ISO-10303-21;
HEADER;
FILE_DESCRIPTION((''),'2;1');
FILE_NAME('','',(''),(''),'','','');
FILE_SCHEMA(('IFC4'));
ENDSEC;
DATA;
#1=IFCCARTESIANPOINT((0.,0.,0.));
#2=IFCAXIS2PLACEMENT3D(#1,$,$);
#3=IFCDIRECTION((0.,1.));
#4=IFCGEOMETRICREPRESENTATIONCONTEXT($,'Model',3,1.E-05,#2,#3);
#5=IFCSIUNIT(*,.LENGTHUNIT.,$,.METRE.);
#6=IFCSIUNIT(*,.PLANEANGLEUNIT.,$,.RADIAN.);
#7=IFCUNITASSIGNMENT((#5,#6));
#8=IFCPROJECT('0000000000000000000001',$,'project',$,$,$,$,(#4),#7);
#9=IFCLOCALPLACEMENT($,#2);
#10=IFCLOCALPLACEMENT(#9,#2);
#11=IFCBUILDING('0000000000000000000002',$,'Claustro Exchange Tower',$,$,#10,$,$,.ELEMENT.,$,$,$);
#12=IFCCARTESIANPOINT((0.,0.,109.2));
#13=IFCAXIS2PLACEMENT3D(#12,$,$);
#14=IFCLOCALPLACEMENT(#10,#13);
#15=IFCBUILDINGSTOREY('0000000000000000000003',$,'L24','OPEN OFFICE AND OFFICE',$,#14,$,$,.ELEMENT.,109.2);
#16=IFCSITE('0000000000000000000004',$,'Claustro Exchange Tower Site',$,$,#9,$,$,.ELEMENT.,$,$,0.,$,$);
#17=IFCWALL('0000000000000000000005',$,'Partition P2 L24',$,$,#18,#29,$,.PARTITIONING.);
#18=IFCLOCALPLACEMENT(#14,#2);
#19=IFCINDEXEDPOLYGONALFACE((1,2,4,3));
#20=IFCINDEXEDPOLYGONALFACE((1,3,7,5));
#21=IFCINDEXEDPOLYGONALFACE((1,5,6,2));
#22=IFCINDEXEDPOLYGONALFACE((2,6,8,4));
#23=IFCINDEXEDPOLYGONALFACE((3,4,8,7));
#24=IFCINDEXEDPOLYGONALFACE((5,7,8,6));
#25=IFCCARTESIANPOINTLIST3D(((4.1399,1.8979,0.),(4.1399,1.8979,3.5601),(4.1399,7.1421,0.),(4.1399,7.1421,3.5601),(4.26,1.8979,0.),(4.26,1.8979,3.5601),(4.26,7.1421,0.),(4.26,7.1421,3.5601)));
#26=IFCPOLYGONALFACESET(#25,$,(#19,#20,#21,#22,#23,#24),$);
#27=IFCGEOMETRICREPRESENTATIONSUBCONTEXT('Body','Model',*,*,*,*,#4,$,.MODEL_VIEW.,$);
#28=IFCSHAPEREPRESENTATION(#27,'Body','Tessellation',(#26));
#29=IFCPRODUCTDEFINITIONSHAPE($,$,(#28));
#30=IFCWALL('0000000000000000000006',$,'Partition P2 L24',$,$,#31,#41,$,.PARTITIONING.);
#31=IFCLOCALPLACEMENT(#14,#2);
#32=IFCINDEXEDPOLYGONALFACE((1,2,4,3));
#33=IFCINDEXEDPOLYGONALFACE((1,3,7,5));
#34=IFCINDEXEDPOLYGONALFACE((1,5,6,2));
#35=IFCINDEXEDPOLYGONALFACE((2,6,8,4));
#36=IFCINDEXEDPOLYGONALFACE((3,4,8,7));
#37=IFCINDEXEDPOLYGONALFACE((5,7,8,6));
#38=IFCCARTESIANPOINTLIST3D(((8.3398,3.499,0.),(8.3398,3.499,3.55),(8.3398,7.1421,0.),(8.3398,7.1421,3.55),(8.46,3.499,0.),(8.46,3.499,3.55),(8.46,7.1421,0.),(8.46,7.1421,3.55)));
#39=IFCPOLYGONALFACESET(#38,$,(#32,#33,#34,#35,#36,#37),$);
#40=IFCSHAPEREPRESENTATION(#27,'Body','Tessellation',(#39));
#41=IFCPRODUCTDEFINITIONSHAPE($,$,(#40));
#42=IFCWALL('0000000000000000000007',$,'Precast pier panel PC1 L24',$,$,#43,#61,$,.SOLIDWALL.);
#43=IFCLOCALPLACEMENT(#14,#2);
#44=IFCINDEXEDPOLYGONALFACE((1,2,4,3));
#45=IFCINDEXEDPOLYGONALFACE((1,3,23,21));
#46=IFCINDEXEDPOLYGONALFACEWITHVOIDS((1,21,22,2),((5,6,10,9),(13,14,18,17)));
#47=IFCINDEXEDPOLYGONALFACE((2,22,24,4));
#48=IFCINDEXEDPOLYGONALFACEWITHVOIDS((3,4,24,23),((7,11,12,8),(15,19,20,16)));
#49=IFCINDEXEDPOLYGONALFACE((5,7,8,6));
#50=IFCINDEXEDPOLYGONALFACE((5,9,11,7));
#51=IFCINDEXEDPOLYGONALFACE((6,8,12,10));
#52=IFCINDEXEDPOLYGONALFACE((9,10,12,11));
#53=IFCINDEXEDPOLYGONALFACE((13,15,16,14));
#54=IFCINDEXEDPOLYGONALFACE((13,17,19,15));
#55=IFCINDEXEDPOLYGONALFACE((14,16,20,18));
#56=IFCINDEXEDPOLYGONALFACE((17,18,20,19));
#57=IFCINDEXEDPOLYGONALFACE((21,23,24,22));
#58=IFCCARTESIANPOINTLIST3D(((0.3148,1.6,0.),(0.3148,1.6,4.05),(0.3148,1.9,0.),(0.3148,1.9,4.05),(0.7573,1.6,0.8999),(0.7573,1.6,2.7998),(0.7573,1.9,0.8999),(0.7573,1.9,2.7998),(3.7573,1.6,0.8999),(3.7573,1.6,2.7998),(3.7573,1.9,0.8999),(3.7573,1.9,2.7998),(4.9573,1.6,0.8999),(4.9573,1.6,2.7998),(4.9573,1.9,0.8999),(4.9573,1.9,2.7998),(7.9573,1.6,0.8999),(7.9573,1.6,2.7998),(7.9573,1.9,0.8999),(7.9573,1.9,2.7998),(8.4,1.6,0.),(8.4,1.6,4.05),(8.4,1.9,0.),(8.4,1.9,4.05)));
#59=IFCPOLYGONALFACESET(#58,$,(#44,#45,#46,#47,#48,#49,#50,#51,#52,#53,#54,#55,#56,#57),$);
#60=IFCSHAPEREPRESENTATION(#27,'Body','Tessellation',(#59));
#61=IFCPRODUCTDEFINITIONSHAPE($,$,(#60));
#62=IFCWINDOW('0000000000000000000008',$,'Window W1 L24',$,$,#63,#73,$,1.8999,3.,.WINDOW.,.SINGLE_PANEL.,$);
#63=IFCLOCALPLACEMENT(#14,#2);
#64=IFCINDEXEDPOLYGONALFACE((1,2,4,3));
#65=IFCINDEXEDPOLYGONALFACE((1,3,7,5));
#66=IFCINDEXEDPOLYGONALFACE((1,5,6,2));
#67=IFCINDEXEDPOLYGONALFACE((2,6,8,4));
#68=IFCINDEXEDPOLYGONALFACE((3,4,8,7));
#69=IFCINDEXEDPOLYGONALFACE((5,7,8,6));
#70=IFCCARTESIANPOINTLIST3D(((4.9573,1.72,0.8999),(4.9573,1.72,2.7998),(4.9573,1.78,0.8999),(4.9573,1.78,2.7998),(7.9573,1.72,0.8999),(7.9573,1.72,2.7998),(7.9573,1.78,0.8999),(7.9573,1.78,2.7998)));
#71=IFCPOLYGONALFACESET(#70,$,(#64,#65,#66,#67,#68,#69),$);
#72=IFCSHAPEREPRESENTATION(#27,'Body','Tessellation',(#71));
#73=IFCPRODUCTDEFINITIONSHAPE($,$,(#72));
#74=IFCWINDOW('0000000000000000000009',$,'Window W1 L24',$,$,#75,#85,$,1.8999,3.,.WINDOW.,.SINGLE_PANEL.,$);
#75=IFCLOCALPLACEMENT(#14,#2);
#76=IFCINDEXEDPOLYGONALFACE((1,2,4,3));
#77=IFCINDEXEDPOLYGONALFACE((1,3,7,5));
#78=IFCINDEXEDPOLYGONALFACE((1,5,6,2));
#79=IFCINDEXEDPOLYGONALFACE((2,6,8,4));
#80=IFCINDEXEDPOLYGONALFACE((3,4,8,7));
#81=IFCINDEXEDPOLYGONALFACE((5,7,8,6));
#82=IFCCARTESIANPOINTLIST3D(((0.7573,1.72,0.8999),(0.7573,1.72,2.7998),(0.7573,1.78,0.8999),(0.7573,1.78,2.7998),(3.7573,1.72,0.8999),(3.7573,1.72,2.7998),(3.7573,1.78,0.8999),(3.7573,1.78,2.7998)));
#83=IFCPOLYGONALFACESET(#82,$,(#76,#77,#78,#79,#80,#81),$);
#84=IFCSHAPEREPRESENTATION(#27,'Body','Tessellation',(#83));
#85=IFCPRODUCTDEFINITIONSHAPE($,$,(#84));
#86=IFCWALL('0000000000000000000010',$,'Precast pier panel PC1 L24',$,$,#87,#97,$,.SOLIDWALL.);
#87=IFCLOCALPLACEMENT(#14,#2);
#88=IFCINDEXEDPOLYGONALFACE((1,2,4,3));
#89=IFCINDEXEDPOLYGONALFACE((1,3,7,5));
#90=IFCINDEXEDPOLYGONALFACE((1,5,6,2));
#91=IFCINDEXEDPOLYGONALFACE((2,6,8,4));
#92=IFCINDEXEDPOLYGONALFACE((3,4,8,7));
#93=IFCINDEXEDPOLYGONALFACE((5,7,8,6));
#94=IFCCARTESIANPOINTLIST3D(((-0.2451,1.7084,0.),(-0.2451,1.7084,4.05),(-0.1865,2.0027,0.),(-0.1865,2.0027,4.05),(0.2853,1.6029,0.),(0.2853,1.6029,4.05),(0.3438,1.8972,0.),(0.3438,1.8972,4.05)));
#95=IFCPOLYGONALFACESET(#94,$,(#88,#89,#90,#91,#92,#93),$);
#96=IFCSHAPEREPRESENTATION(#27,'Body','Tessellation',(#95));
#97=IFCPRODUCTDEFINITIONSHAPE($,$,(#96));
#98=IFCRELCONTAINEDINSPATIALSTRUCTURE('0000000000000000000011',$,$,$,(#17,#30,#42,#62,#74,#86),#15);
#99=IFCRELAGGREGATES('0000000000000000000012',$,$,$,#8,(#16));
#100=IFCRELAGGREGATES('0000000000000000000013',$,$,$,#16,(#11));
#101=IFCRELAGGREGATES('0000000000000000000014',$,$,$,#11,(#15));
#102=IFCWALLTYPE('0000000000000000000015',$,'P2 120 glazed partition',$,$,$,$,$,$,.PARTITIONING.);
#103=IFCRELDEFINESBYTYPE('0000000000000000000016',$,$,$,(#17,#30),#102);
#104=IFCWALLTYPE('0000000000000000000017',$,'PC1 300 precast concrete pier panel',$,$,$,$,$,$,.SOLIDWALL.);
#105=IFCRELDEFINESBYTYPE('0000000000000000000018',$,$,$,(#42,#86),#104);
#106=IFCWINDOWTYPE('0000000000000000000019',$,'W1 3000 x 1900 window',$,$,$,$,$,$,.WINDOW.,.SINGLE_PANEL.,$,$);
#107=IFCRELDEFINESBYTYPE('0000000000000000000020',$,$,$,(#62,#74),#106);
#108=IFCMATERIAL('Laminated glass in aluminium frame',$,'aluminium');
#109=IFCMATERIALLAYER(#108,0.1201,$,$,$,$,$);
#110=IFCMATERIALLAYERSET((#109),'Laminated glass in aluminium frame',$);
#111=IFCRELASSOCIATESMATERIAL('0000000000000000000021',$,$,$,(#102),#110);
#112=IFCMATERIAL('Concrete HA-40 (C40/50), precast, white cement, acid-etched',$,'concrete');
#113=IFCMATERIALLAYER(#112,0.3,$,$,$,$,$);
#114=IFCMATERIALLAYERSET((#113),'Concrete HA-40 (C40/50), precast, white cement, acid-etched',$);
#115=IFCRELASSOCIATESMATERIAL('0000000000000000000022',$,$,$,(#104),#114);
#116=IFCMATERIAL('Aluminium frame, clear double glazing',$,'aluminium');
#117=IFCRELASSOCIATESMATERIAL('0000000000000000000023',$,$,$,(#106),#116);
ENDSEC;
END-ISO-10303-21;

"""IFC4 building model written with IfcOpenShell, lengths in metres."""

from ifc_helpers import new_model, si_unit, direction, frame, frame_2d, origin, place, context, subcontext, project, spatial, rectangle, extrude, material, layer, layer_set, type_object, element, fill, save


model = new_model("IFC4")

# Units and contexts
model_context = context("Model", 3, precision=1e-05, world=origin(), true_north=direction((0.0, 1.0)))
body_context = subcontext(model_context, "Body", "Model", "MODEL_VIEW")
ifc_project = project(units=[si_unit("LENGTHUNIT", "METRE"), si_unit("PLANEANGLEUNIT", "RADIAN")], contexts=[model_context])

# Site, building, storey
site_placement = place(None, origin())
site = spatial("IfcSite", under=ifc_project, at=site_placement, Name="Claustro Exchange Tower Site", CompositionType="ELEMENT", RefElevation=0.0)
building_placement = place(site_placement, origin())
building = spatial("IfcBuilding", under=site, at=building_placement, Name="Claustro Exchange Tower", CompositionType="ELEMENT")
storey_placement = place(building_placement, frame((0.0, 0.0, 109.2)))
storey = spatial("IfcBuildingStorey", under=building, at=storey_placement, Name="L24", Description="OPEN OFFICE AND OFFICE", CompositionType="ELEMENT", Elevation=109.2)

# Walls
ifc_material_1 = material(Name="Laminated glass in aluminium frame", Category="aluminium")
ifc_layer_1 = layer(ifc_material_1, 0.1201)
ifc_layer_set_1 = layer_set([ifc_layer_1], Name="Laminated glass in aluminium frame")
wall_type_1 = type_object("IfcWallType", Name="P2 120 glazed partition", PredefinedType="PARTITIONING", material=ifc_layer_set_1)
wall_1_placement = place(storey_placement, frame((4.2, 1.8979, 0.0), z_axis=(0.0, 0.0, 1.0), x_axis=(0.0, 1.0, 0.0)))
element("IfcWall", 1, at=wall_1_placement, inside=storey, type_object=wall_type_1, Name="Partition P2 L24", PredefinedType="PARTITIONING", context=body_context, shape_type="SweptSolid", body=[
    extrude(rectangle(XDim=5.2441, YDim=0.1201, at=frame_2d((2.6221, 0.0))), origin(), (0.0, 0.0, 1.0), 3.5601),
])
wall_2_placement = place(storey_placement, frame((8.3999, 3.499, 0.0), z_axis=(0.0, 0.0, 1.0), x_axis=(0.0, 1.0, 0.0)))
element("IfcWall", 2, at=wall_2_placement, inside=storey, type_object=wall_type_1, Name="Partition P2 L24", PredefinedType="PARTITIONING", context=body_context, shape_type="SweptSolid", body=[
    extrude(rectangle(XDim=3.6431, YDim=0.1201, at=frame_2d((1.8215, 0.0))), origin(), (0.0, 0.0, 1.0), 3.55),
])

# Wall, openings, windows
ifc_material_2 = material(Name="Concrete HA-40 (C40/50), precast, white cement, acid-etched", Category="concrete")
ifc_layer_2 = layer(ifc_material_2, 0.3)
ifc_layer_set_2 = layer_set([ifc_layer_2], Name="Concrete HA-40 (C40/50), precast, white cement, acid-etched")
wall_type_2 = type_object("IfcWallType", Name="PC1 300 precast concrete pier panel", PredefinedType="SOLIDWALL", material=ifc_layer_set_2)
wall_3_placement = place(storey_placement, frame((8.3999, 1.75, 0.0), z_axis=(0.0, 0.0, 1.0), x_axis=(-1.0, 0.0, 0.0)))
wall_3 = element("IfcWall", 3, at=wall_3_placement, inside=storey, type_object=wall_type_2, Name="Precast pier panel PC1 L24", PredefinedType="SOLIDWALL", context=body_context, shape_type="SweptSolid", body=[
    extrude(rectangle(XDim=8.0852, YDim=0.3, at=frame_2d((4.0425, 0.0))), origin(), (0.0, 0.0, 1.0), 4.05),
])
opening_1_placement = place(wall_3_placement, frame((0.4426, 0.0, 0.8999)))
opening_1 = element("IfcOpeningElement", 4, at=opening_1_placement, cuts=wall_3, PredefinedType="OPENING", context=body_context, shape_type="SweptSolid", body=[
    extrude(rectangle(XDim=3.0, YDim=1.8999, at=frame_2d((1.5, 0.95))), frame((0.0, 0.1599, 0.0), z_axis=(0.0, -1.0, 0.0), x_axis=(1.0, 0.0, 0.0)), (0.0, 0.0, 1.0), 0.3201),
])
opening_2_placement = place(wall_3_placement, frame((4.6426, 0.0, 0.8999)))
opening_2 = element("IfcOpeningElement", 5, at=opening_2_placement, cuts=wall_3, PredefinedType="OPENING", context=body_context, shape_type="SweptSolid", body=[
    extrude(rectangle(XDim=3.0, YDim=1.8999, at=frame_2d((1.5, 0.95))), frame((0.0, 0.1599, 0.0), z_axis=(0.0, -1.0, 0.0), x_axis=(1.0, 0.0, 0.0)), (0.0, 0.0, 1.0), 0.3201),
])
ifc_material_3 = material(Name="Aluminium frame, clear double glazing", Category="aluminium")
window_type = type_object("IfcWindowType", Name="W1 3000 x 1900 window", PartitioningType="SINGLE_PANEL", PredefinedType="WINDOW", material=ifc_material_3)
window_1_placement = place(opening_1_placement, origin())
window_1 = element("IfcWindow", 6, at=window_1_placement, inside=storey, type_object=window_type, Name="Window W1 L24", OverallHeight=1.8999, OverallWidth=3.0, PartitioningType="SINGLE_PANEL", PredefinedType="WINDOW", context=body_context, shape_type="SweptSolid", body=[
    extrude(rectangle(XDim=3.0, YDim=1.8999, at=frame_2d((1.5, 0.95))), frame((0.0, 0.03, 0.0), z_axis=(0.0, -1.0, 0.0), x_axis=(1.0, 0.0, 0.0)), (0.0, 0.0, 1.0), 0.0601),
])
fill(opening_1, window_1)
window_2_placement = place(opening_2_placement, origin())
window_2 = element("IfcWindow", 7, at=window_2_placement, inside=storey, type_object=window_type, Name="Window W1 L24", OverallHeight=1.8999, OverallWidth=3.0, PartitioningType="SINGLE_PANEL", PredefinedType="WINDOW", context=body_context, shape_type="SweptSolid", body=[
    extrude(rectangle(XDim=3.0, YDim=1.8999, at=frame_2d((1.5, 0.95))), frame((0.0, 0.03, 0.0), z_axis=(0.0, -1.0, 0.0), x_axis=(1.0, 0.0, 0.0)), (0.0, 0.0, 1.0), 0.0601),
])
fill(opening_2, window_2)

# Wall
wall_4_placement = place(storey_placement, frame((0.3147, 1.75, 0.0), z_axis=(0.0, 0.0, 1.0), x_axis=(-0.980789, 0.195074, 0.0)))
element("IfcWall", 8, at=wall_4_placement, inside=storey, type_object=wall_type_2, Name="Precast pier panel PC1 L24", PredefinedType="SOLIDWALL", context=body_context, shape_type="SweptSolid", body=[
    extrude(rectangle(XDim=0.5408, YDim=0.3, at=frame_2d((0.2705, 0.0))), origin(), (0.0, 0.0, 1.0), 4.05),
])

save(model, "model.ifc")
